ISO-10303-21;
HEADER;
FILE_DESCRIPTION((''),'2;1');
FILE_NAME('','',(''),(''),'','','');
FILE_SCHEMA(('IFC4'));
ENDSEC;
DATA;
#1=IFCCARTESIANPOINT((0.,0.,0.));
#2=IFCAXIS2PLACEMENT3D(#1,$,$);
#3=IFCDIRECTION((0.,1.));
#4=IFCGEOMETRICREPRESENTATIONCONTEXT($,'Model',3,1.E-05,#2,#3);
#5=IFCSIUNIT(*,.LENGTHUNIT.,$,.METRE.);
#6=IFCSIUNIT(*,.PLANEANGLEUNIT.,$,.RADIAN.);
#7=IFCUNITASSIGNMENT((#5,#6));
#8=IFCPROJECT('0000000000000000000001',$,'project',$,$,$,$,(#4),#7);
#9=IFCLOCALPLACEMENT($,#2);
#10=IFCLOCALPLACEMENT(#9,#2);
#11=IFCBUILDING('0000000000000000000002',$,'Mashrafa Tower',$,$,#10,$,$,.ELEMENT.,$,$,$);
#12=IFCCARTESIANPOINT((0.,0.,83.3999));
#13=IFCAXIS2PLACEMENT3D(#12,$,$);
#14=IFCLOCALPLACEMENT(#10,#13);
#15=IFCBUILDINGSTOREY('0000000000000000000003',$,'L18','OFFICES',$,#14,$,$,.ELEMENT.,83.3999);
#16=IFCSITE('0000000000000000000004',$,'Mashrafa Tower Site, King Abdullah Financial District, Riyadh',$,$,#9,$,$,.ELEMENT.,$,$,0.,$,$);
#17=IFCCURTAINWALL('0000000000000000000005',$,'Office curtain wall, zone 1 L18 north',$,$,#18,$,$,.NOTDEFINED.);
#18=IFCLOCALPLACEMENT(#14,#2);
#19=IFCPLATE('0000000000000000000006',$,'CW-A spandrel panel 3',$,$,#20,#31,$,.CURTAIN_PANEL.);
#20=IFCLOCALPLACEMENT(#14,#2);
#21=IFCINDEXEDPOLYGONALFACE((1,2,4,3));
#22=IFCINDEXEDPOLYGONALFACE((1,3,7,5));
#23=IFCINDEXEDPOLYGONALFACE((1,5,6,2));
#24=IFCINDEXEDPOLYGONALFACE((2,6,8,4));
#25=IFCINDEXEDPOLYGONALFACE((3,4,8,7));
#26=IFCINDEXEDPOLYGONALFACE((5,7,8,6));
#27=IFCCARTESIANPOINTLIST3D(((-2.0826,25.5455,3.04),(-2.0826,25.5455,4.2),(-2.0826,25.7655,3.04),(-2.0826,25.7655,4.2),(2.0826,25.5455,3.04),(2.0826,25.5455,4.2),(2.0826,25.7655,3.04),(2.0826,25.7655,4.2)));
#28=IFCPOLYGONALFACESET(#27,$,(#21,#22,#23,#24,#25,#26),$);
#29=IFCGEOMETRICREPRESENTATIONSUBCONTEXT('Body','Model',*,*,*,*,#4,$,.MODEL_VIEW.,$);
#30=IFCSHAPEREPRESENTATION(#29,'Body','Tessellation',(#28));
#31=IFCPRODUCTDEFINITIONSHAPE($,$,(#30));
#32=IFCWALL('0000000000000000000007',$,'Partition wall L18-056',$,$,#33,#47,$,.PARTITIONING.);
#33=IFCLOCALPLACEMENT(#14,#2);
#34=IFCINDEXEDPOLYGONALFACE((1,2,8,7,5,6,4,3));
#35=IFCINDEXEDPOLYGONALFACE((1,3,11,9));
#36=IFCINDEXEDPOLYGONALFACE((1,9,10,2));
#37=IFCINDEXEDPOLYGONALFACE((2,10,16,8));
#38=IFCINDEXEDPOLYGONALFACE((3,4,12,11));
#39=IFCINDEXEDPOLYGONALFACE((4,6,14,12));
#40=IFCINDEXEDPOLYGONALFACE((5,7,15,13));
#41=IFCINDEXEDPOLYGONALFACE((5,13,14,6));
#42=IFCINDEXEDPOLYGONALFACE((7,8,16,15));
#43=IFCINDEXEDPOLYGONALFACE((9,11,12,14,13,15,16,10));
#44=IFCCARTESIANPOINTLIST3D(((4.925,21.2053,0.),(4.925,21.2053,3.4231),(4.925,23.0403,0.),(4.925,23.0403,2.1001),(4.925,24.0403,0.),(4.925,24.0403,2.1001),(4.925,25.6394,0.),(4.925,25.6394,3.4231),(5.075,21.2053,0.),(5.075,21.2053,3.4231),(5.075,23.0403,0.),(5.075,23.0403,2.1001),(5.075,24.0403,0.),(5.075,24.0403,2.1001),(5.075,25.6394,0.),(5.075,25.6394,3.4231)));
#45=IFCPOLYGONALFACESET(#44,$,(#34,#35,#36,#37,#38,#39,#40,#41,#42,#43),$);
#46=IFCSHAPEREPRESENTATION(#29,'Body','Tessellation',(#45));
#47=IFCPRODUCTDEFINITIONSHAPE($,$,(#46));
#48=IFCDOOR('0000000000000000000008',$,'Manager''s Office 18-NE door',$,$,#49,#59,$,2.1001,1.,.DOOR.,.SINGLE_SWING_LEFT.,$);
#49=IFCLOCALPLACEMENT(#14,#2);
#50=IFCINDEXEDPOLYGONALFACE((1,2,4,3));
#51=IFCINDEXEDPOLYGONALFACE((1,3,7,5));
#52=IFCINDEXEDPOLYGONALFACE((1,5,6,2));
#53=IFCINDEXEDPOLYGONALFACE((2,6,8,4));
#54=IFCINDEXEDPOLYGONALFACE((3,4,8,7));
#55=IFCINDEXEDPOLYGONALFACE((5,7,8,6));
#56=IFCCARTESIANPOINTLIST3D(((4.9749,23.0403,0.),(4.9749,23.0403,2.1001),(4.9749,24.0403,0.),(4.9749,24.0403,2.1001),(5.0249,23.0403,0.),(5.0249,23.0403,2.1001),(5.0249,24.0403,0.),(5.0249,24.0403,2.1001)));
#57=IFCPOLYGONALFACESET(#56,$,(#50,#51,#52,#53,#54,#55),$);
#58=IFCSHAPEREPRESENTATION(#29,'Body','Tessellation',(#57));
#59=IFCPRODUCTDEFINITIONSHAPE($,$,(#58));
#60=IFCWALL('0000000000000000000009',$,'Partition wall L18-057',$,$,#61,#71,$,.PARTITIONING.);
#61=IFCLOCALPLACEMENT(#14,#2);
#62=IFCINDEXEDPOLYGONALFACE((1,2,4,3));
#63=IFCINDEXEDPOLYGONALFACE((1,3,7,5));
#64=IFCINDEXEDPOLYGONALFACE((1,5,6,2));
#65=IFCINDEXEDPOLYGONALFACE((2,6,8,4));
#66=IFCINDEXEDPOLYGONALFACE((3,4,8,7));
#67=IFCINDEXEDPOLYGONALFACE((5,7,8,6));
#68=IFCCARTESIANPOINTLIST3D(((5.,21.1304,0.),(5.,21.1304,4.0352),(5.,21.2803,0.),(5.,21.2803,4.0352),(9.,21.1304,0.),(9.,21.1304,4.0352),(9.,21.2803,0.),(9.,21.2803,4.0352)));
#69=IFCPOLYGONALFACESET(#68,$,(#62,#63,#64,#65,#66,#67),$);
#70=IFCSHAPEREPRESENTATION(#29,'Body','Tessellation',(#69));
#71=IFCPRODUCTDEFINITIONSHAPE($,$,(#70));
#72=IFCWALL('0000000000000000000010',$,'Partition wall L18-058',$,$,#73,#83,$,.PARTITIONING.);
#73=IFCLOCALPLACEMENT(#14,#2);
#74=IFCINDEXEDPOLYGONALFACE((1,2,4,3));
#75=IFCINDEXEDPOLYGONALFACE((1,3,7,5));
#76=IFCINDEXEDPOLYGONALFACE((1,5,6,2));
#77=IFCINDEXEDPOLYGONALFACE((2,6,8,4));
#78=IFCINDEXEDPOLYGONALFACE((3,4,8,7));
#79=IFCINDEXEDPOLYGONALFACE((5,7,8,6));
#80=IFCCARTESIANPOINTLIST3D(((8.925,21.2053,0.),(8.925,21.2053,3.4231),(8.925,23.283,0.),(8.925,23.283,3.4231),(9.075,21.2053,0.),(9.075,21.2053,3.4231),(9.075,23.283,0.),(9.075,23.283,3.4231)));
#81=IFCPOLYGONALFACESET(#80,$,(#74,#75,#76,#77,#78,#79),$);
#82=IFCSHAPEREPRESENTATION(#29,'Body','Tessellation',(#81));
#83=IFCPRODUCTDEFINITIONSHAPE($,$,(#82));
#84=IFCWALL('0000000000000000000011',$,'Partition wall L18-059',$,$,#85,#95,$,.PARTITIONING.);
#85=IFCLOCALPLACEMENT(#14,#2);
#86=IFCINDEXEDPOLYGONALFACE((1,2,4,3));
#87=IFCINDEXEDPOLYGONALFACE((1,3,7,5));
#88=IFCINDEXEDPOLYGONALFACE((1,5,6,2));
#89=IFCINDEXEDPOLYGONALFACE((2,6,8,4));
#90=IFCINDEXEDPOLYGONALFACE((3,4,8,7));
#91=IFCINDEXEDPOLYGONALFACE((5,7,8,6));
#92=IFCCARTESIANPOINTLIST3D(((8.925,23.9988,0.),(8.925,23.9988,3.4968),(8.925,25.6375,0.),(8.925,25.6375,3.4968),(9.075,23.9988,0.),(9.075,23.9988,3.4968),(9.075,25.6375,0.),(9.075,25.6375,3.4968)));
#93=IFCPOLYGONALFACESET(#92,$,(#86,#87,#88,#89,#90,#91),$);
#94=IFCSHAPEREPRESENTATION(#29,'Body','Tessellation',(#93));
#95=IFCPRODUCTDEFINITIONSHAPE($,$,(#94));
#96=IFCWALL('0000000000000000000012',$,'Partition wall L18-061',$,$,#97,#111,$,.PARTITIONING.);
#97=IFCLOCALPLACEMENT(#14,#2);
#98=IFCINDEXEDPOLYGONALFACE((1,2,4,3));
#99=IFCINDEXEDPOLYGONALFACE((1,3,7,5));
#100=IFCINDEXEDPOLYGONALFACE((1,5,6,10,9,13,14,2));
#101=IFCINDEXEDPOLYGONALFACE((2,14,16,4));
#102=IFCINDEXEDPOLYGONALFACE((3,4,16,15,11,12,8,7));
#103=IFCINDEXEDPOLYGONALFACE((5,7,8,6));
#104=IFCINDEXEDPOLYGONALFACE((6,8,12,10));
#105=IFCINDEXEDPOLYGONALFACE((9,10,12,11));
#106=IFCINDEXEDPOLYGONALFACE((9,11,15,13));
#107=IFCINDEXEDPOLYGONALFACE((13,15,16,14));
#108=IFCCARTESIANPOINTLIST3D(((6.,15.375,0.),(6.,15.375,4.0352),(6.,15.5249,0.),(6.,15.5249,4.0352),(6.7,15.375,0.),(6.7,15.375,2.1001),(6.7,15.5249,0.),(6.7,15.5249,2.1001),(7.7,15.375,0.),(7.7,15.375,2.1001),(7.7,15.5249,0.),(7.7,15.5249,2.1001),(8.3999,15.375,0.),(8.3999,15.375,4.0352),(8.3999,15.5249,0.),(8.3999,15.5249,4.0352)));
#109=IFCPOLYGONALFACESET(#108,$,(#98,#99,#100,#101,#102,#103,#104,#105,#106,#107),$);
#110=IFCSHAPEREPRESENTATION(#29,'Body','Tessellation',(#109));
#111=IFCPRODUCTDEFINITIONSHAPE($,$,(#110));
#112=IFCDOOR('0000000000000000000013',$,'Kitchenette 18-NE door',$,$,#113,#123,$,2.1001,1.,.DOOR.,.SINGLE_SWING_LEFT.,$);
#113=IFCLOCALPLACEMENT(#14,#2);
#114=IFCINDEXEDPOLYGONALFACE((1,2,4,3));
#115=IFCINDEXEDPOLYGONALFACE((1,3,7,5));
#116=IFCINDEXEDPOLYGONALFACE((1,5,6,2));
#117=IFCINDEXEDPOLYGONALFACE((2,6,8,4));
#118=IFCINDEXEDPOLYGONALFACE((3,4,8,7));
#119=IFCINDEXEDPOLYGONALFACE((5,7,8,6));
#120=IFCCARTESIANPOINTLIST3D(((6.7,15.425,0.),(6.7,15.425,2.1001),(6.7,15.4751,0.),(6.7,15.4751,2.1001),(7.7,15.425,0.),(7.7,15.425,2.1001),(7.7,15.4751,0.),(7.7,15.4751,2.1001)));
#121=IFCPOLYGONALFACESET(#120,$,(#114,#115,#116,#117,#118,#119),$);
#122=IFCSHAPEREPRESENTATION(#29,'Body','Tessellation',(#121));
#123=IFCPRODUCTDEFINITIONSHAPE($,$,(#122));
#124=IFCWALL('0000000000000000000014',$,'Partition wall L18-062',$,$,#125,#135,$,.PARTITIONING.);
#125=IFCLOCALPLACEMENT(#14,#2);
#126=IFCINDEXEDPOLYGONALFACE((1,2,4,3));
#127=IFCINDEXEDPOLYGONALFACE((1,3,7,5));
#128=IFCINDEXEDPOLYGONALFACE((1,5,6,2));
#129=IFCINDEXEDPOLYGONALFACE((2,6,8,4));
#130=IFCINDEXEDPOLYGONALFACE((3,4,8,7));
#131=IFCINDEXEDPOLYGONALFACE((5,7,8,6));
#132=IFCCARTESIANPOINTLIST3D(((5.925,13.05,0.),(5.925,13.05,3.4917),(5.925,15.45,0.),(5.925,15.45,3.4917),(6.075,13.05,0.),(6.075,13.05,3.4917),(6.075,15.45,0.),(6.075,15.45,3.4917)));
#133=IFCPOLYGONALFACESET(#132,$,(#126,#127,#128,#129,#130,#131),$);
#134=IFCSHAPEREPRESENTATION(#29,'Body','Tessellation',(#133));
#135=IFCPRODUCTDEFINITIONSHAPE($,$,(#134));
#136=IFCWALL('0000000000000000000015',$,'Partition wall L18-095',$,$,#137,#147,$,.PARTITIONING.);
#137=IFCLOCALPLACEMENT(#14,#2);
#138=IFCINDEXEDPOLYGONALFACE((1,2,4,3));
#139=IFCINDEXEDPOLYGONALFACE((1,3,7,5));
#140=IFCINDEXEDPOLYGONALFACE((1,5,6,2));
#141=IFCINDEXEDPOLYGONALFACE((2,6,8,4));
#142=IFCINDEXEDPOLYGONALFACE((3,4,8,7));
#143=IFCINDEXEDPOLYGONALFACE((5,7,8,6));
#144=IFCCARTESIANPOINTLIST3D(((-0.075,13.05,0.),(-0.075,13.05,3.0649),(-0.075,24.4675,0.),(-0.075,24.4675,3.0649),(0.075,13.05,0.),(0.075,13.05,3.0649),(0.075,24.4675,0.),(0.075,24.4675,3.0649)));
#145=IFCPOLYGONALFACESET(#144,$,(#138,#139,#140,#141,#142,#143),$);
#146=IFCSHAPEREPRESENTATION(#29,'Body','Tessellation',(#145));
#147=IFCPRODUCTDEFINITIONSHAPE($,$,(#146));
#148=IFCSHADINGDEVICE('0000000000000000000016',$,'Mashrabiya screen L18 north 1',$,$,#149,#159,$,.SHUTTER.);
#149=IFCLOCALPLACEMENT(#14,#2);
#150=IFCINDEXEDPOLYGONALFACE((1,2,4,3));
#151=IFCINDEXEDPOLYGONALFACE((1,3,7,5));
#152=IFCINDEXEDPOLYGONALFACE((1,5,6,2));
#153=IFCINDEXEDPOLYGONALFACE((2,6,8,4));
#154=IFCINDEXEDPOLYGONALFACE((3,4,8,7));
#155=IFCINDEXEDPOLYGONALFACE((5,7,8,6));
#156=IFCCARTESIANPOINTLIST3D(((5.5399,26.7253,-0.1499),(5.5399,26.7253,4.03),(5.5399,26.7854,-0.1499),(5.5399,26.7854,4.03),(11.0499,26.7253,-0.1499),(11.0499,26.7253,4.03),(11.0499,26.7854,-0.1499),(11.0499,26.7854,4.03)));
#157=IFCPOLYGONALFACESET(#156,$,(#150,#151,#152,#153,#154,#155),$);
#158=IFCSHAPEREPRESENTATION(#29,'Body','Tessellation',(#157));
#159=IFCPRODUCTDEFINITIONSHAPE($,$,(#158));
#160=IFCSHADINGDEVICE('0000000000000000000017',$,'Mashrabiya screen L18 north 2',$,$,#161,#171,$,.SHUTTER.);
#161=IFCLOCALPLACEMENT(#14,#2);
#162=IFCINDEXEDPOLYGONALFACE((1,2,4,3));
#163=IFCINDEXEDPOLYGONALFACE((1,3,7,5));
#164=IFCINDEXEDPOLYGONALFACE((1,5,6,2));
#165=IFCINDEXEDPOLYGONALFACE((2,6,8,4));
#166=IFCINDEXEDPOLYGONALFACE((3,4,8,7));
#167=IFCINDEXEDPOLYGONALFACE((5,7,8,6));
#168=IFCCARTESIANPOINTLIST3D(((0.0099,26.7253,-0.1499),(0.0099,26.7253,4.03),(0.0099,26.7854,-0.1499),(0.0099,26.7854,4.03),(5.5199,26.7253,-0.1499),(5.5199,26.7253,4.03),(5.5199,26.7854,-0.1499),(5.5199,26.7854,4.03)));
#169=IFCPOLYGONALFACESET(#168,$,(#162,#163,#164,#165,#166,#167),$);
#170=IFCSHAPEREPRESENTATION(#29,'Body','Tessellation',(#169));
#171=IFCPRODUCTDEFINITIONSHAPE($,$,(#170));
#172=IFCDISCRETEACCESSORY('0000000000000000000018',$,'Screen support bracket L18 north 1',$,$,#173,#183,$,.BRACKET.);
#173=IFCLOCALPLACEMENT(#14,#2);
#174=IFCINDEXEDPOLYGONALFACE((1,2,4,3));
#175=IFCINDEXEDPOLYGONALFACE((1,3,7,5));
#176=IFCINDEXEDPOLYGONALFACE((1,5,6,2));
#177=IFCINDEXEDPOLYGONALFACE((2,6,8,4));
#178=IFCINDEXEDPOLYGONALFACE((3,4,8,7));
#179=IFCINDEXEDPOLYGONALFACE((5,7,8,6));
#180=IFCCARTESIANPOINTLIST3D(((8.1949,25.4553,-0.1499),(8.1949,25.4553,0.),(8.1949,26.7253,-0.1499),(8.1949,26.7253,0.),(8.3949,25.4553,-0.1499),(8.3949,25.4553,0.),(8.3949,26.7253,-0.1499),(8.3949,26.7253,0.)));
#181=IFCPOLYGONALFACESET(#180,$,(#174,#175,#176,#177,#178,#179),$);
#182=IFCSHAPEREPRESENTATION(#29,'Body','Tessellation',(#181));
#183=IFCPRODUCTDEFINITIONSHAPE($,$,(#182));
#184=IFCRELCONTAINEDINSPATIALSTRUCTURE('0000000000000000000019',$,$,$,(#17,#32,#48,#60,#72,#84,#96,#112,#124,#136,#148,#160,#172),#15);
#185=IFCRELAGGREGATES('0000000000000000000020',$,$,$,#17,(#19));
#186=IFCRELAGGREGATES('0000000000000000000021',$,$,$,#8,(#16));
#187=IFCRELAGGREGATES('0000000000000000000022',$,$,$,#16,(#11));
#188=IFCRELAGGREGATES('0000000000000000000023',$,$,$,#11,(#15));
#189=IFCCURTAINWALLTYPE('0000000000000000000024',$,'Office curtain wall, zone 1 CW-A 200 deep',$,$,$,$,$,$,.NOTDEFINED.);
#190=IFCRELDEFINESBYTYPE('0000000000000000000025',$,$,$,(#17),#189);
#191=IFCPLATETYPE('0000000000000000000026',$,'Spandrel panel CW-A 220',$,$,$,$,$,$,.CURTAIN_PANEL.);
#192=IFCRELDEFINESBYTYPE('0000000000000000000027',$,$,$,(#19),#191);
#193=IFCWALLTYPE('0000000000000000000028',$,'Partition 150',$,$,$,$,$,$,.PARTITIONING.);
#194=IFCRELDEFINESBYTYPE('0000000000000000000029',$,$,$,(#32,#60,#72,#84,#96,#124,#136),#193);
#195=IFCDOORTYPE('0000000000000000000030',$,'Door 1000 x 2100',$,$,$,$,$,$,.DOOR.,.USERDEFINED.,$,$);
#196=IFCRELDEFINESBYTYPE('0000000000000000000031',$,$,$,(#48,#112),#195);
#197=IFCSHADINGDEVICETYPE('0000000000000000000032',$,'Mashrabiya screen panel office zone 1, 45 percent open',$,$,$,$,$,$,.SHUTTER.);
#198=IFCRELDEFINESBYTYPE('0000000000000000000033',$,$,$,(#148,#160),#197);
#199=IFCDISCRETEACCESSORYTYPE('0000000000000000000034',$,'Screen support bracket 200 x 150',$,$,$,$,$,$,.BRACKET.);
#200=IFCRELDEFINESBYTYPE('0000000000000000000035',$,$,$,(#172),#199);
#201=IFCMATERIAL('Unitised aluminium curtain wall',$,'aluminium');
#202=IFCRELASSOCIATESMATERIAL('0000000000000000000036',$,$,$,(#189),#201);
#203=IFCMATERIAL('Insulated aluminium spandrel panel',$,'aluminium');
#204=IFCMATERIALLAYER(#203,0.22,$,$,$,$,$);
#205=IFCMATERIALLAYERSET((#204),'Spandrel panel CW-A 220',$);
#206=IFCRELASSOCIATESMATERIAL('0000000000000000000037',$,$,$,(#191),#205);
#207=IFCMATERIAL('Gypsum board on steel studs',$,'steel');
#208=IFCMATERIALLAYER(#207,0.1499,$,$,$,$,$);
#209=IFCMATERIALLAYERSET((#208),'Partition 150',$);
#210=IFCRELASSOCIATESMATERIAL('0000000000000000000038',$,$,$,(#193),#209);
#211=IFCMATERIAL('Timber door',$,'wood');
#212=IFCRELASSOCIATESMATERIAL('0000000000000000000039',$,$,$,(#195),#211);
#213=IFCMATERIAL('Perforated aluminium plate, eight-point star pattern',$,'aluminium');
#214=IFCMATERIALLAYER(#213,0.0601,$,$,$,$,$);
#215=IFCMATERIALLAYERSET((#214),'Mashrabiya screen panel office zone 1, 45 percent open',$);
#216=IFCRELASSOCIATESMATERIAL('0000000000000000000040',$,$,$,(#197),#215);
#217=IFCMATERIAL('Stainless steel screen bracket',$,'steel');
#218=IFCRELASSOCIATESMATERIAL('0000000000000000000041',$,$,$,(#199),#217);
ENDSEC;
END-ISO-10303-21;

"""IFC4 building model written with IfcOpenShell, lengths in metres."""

from ifc_helpers import new_model, si_unit, direction, frame, frame_2d, origin, origin_2d, place, context, subcontext, project, spatial, rectangle, extrude, source, transform, mapped, material, layer, layer_set, type_object, type_shapes, element, fill, aggregate, save


model = new_model("IFC4")

# Units and contexts
model_context = context("Model", 3, precision=1e-05, world=origin(), true_north=direction((0.0, 1.0)))
body_context = subcontext(model_context, "Body", "Model", "MODEL_VIEW")
ifc_project = project(units=[si_unit("LENGTHUNIT", "METRE"), si_unit("PLANEANGLEUNIT", "RADIAN")], contexts=[model_context])

# Site, building, storey
site_placement = place(None, origin())
site = spatial("IfcSite", under=ifc_project, at=site_placement, Name="Mashrafa Tower Site, King Abdullah Financial District, Riyadh", CompositionType="ELEMENT", RefElevation=0.0)
building_placement = place(site_placement, origin())
building = spatial("IfcBuilding", under=site, at=building_placement, Name="Mashrafa Tower", CompositionType="ELEMENT")
storey_placement = place(building_placement, frame((0.0, 0.0, 83.3999)))
storey = spatial("IfcBuildingStorey", under=building, at=storey_placement, Name="L18", Description="OFFICES", CompositionType="ELEMENT", Elevation=83.3999)

# Shared definitions
ifc_material_1 = material(Name="Unitised aluminium curtain wall", Category="aluminium")
curtain_wall_type = type_object("IfcCurtainWallType", Name="Office curtain wall, zone 1 CW-A 200 deep", PredefinedType="NOTDEFINED", material=ifc_material_1)

# Curtain wall
curtain_wall_1_placement = place(storey_placement, origin())
curtain_wall_1 = element("IfcCurtainWall", 1, at=curtain_wall_1_placement, inside=storey, type_object=curtain_wall_type, Name="Office curtain wall, zone 1 L18 north", PredefinedType="NOTDEFINED")

# Plate
ifc_material_2 = material(Name="Insulated aluminium spandrel panel", Category="aluminium")
ifc_layer_1 = layer(ifc_material_2, 0.22)
ifc_layer_set_1 = layer_set([ifc_layer_1], Name="Spandrel panel CW-A 220")
plate_type_1 = type_object("IfcPlateType", Name="Spandrel panel CW-A 220", PredefinedType="CURTAIN_PANEL", material=ifc_layer_set_1)
shared_shape_1 = source(origin(), body_context, "Body", "SweptSolid", [
    extrude(rectangle(XDim=4.1653, YDim=0.22, at=origin_2d()), origin(), (0.0, 0.0, 1.0), 1.1599),
])
plate_1_placement = place(storey_placement, frame((0.0, 25.6555, 3.04), z_axis=(0.0, 0.0, 1.0), x_axis=(-1.0, 0.0, 0.0)))
plate_1 = element("IfcPlate", 2, at=plate_1_placement, type_object=plate_type_1, Name="CW-A spandrel panel 3", PredefinedType="CURTAIN_PANEL", context=body_context, shape_type="MappedRepresentation", body=[
    mapped(shared_shape_1, transform((0.0, 0.0, 0.0))),
])
aggregate(curtain_wall_1, [plate_1])

# Wall, opening, door
ifc_material_3 = material(Name="Gypsum board on steel studs", Category="steel")
ifc_layer_2 = layer(ifc_material_3, 0.1499)
ifc_layer_set_2 = layer_set([ifc_layer_2], Name="Partition 150")
wall_type = type_object("IfcWallType", Name="Partition 150", PredefinedType="PARTITIONING", material=ifc_layer_set_2)
wall_1_placement = place(storey_placement, frame((5.0, 25.6394, 0.0), z_axis=(0.0, 0.0, 1.0), x_axis=(0.0, -1.0, 0.0)))
wall_1 = element("IfcWall", 3, at=wall_1_placement, inside=storey, type_object=wall_type, Name="Partition wall L18-056", PredefinedType="PARTITIONING", context=body_context, shape_type="SweptSolid", body=[
    extrude(rectangle(XDim=4.4341, YDim=0.1499, at=frame_2d((2.217, 0.0))), origin(), (0.0, 0.0, 1.0), 3.4231),
])
opening_1_placement = place(wall_1_placement, frame((1.5991, 0.0, 0.0)))
opening_1 = element("IfcOpeningElement", 4, at=opening_1_placement, cuts=wall_1, PredefinedType="OPENING", context=body_context, shape_type="SweptSolid", body=[
    extrude(rectangle(XDim=1.0, YDim=2.1001, at=frame_2d((0.5, 1.05))), frame((0.0, 0.085, 0.0), z_axis=(0.0, -1.0, 0.0), x_axis=(1.0, 0.0, 0.0)), (0.0, 0.0, 1.0), 0.1699),
])
ifc_material_4 = material(Name="Timber door", Category="wood")
door_type = type_object("IfcDoorType", Name="Door 1000 x 2100", OperationType="USERDEFINED", PredefinedType="DOOR", material=ifc_material_4)
door_1_placement = place(opening_1_placement, origin())
door_1 = element("IfcDoor", 5, at=door_1_placement, inside=storey, type_object=door_type, Name="Manager's Office 18-NE door", OperationType="SINGLE_SWING_LEFT", OverallHeight=2.1001, OverallWidth=1.0, PredefinedType="DOOR", context=body_context, shape_type="SweptSolid", body=[
    extrude(rectangle(XDim=1.0, YDim=2.1001, at=frame_2d((0.5, 1.05))), frame((0.0, 0.0249, 0.0), z_axis=(0.0, -1.0, 0.0), x_axis=(1.0, 0.0, 0.0)), (0.0, 0.0, 1.0), 0.05),
])
fill(opening_1, door_1)

# Walls
wall_2_placement = place(storey_placement, frame((5.0, 21.2053, 0.0), z_axis=(0.0, 0.0, 1.0), x_axis=(1.0, 0.0, 0.0)))
element("IfcWall", 6, at=wall_2_placement, inside=storey, type_object=wall_type, Name="Partition wall L18-057", PredefinedType="PARTITIONING", context=body_context, shape_type="SweptSolid", body=[
    extrude(rectangle(XDim=4.0, YDim=0.1499, at=frame_2d((2.0, 0.0))), origin(), (0.0, 0.0, 1.0), 4.0352),
])
wall_3_placement = place(storey_placement, frame((9.0, 21.2053, 0.0), z_axis=(0.0, 0.0, 1.0), x_axis=(0.0, 1.0, 0.0)))
element("IfcWall", 7, at=wall_3_placement, inside=storey, type_object=wall_type, Name="Partition wall L18-058", PredefinedType="PARTITIONING", context=body_context, shape_type="SweptSolid", body=[
    extrude(rectangle(XDim=2.0776, YDim=0.1499, at=frame_2d((1.0388, 0.0))), origin(), (0.0, 0.0, 1.0), 3.4231),
])
wall_4_placement = place(storey_placement, frame((9.0, 23.9988, 0.0), z_axis=(0.0, 0.0, 1.0), x_axis=(0.0, 1.0, 0.0)))
element("IfcWall", 8, at=wall_4_placement, inside=storey, type_object=wall_type, Name="Partition wall L18-059", PredefinedType="PARTITIONING", context=body_context, shape_type="SweptSolid", body=[
    extrude(rectangle(XDim=1.6387, YDim=0.1499, at=frame_2d((0.8193, 0.0))), origin(), (0.0, 0.0, 1.0), 3.4968),
])

# Wall, opening, door
wall_5_placement = place(storey_placement, frame((8.3999, 15.45, 0.0), z_axis=(0.0, 0.0, 1.0), x_axis=(-1.0, 0.0, 0.0)))
wall_5 = element("IfcWall", 9, at=wall_5_placement, inside=storey, type_object=wall_type, Name="Partition wall L18-061", PredefinedType="PARTITIONING", context=body_context, shape_type="SweptSolid", body=[
    extrude(rectangle(XDim=2.3999, YDim=0.1499, at=frame_2d((1.2, 0.0))), origin(), (0.0, 0.0, 1.0), 4.0352),
])
opening_2_placement = place(wall_5_placement, frame((0.7, 0.0, 0.0)))
opening_2 = element("IfcOpeningElement", 10, at=opening_2_placement, cuts=wall_5, PredefinedType="OPENING", context=body_context, shape_type="SweptSolid", body=[
    extrude(rectangle(XDim=1.0, YDim=2.1001, at=frame_2d((0.5, 1.05))), frame((0.0, 0.085, 0.0), z_axis=(0.0, -1.0, 0.0), x_axis=(1.0, 0.0, 0.0)), (0.0, 0.0, 1.0), 0.1699),
])
door_2_placement = place(opening_2_placement, origin())
door_2 = element("IfcDoor", 11, at=door_2_placement, inside=storey, type_object=door_type, Name="Kitchenette 18-NE door", OperationType="SINGLE_SWING_LEFT", OverallHeight=2.1001, OverallWidth=1.0, PredefinedType="DOOR", context=body_context, shape_type="SweptSolid", body=[
    extrude(rectangle(XDim=1.0, YDim=2.1001, at=frame_2d((0.5, 1.05))), frame((0.0, 0.0249, 0.0), z_axis=(0.0, -1.0, 0.0), x_axis=(1.0, 0.0, 0.0)), (0.0, 0.0, 1.0), 0.05),
])
fill(opening_2, door_2)

# Walls
wall_6_placement = place(storey_placement, frame((6.0, 15.45, 0.0), z_axis=(0.0, 0.0, 1.0), x_axis=(0.0, -1.0, 0.0)))
element("IfcWall", 12, at=wall_6_placement, inside=storey, type_object=wall_type, Name="Partition wall L18-062", PredefinedType="PARTITIONING", context=body_context, shape_type="SweptSolid", body=[
    extrude(rectangle(XDim=2.3999, YDim=0.1499, at=frame_2d((1.2, 0.0))), origin(), (0.0, 0.0, 1.0), 3.4917),
])
wall_7_placement = place(storey_placement, frame((0.0, 24.4675, 0.0), z_axis=(0.0, 0.0, 1.0), x_axis=(0.0, -1.0, 0.0)))
element("IfcWall", 13, at=wall_7_placement, inside=storey, type_object=wall_type, Name="Partition wall L18-095", PredefinedType="PARTITIONING", context=body_context, shape_type="SweptSolid", body=[
    extrude(rectangle(XDim=11.4175, YDim=0.1499, at=frame_2d((5.7087, 0.0))), origin(), (0.0, 0.0, 1.0), 3.0649),
])

# Shading devices
ifc_material_5 = material(Name="Perforated aluminium plate, eight-point star pattern", Category="aluminium")
ifc_layer_3 = layer(ifc_material_5, 0.0601)
ifc_layer_set_3 = layer_set([ifc_layer_3], Name="Mashrabiya screen panel office zone 1, 45 percent open")
shading_device_type = type_object("IfcShadingDeviceType", Name="Mashrabiya screen panel office zone 1, 45 percent open", PredefinedType="SHUTTER", material=ifc_layer_set_3)
shared_shape_2 = source(origin(), body_context, "Body", "SweptSolid", [
    extrude(rectangle(XDim=5.51, YDim=0.0601, at=origin_2d()), origin(), (0.0, 0.0, 1.0), 4.1799),
])
type_shapes(shading_device_type, [shared_shape_2])
for number, where, z_axis, x_axis, name in (
    (14, (8.2949, 26.7554, -0.1499), (0.0, 0.0, 1.0), (-1.0, 0.0, 0.0), "Mashrabiya screen L18 north 1"),
    (15, (2.7649, 26.7554, -0.1499), (0.0, 0.0, 1.0), (-1.0, 0.0, 0.0), "Mashrabiya screen L18 north 2"),
):
    element("IfcShadingDevice", number, at=place(storey_placement, frame(where, z_axis=z_axis, x_axis=x_axis)), inside=storey, type_object=shading_device_type, Name=name, PredefinedType="SHUTTER", context=body_context, shape_type="MappedRepresentation", body=[
        mapped(shared_shape_2, transform((0.0, 0.0, 0.0))),
    ])

# Discrete accessory
ifc_material_6 = material(Name="Stainless steel screen bracket", Category="steel")
discrete_accessory_type = type_object("IfcDiscreteAccessoryType", Name="Screen support bracket 200 x 150", PredefinedType="BRACKET", material=ifc_material_6)
shared_shape_3 = source(origin(), body_context, "Body", "SweptSolid", [
    extrude(rectangle(XDim=0.2, YDim=1.27, at=origin_2d()), origin(), (0.0, 0.0, 1.0), 0.1499),
])
type_shapes(discrete_accessory_type, [shared_shape_3])
for number, where, z_axis, x_axis, name in (
    (16, (8.2949, 26.0903, -0.1499), (0.0, 0.0, 1.0), (-1.0, 0.0, 0.0), "Screen support bracket L18 north 1"),
):
    element("IfcDiscreteAccessory", number, at=place(storey_placement, frame(where, z_axis=z_axis, x_axis=x_axis)), inside=storey, type_object=discrete_accessory_type, Name=name, PredefinedType="BRACKET", context=body_context, shape_type="MappedRepresentation", body=[
        mapped(shared_shape_3, transform((0.0, 0.0, 0.0))),
    ])

save(model, "model.ifc")
